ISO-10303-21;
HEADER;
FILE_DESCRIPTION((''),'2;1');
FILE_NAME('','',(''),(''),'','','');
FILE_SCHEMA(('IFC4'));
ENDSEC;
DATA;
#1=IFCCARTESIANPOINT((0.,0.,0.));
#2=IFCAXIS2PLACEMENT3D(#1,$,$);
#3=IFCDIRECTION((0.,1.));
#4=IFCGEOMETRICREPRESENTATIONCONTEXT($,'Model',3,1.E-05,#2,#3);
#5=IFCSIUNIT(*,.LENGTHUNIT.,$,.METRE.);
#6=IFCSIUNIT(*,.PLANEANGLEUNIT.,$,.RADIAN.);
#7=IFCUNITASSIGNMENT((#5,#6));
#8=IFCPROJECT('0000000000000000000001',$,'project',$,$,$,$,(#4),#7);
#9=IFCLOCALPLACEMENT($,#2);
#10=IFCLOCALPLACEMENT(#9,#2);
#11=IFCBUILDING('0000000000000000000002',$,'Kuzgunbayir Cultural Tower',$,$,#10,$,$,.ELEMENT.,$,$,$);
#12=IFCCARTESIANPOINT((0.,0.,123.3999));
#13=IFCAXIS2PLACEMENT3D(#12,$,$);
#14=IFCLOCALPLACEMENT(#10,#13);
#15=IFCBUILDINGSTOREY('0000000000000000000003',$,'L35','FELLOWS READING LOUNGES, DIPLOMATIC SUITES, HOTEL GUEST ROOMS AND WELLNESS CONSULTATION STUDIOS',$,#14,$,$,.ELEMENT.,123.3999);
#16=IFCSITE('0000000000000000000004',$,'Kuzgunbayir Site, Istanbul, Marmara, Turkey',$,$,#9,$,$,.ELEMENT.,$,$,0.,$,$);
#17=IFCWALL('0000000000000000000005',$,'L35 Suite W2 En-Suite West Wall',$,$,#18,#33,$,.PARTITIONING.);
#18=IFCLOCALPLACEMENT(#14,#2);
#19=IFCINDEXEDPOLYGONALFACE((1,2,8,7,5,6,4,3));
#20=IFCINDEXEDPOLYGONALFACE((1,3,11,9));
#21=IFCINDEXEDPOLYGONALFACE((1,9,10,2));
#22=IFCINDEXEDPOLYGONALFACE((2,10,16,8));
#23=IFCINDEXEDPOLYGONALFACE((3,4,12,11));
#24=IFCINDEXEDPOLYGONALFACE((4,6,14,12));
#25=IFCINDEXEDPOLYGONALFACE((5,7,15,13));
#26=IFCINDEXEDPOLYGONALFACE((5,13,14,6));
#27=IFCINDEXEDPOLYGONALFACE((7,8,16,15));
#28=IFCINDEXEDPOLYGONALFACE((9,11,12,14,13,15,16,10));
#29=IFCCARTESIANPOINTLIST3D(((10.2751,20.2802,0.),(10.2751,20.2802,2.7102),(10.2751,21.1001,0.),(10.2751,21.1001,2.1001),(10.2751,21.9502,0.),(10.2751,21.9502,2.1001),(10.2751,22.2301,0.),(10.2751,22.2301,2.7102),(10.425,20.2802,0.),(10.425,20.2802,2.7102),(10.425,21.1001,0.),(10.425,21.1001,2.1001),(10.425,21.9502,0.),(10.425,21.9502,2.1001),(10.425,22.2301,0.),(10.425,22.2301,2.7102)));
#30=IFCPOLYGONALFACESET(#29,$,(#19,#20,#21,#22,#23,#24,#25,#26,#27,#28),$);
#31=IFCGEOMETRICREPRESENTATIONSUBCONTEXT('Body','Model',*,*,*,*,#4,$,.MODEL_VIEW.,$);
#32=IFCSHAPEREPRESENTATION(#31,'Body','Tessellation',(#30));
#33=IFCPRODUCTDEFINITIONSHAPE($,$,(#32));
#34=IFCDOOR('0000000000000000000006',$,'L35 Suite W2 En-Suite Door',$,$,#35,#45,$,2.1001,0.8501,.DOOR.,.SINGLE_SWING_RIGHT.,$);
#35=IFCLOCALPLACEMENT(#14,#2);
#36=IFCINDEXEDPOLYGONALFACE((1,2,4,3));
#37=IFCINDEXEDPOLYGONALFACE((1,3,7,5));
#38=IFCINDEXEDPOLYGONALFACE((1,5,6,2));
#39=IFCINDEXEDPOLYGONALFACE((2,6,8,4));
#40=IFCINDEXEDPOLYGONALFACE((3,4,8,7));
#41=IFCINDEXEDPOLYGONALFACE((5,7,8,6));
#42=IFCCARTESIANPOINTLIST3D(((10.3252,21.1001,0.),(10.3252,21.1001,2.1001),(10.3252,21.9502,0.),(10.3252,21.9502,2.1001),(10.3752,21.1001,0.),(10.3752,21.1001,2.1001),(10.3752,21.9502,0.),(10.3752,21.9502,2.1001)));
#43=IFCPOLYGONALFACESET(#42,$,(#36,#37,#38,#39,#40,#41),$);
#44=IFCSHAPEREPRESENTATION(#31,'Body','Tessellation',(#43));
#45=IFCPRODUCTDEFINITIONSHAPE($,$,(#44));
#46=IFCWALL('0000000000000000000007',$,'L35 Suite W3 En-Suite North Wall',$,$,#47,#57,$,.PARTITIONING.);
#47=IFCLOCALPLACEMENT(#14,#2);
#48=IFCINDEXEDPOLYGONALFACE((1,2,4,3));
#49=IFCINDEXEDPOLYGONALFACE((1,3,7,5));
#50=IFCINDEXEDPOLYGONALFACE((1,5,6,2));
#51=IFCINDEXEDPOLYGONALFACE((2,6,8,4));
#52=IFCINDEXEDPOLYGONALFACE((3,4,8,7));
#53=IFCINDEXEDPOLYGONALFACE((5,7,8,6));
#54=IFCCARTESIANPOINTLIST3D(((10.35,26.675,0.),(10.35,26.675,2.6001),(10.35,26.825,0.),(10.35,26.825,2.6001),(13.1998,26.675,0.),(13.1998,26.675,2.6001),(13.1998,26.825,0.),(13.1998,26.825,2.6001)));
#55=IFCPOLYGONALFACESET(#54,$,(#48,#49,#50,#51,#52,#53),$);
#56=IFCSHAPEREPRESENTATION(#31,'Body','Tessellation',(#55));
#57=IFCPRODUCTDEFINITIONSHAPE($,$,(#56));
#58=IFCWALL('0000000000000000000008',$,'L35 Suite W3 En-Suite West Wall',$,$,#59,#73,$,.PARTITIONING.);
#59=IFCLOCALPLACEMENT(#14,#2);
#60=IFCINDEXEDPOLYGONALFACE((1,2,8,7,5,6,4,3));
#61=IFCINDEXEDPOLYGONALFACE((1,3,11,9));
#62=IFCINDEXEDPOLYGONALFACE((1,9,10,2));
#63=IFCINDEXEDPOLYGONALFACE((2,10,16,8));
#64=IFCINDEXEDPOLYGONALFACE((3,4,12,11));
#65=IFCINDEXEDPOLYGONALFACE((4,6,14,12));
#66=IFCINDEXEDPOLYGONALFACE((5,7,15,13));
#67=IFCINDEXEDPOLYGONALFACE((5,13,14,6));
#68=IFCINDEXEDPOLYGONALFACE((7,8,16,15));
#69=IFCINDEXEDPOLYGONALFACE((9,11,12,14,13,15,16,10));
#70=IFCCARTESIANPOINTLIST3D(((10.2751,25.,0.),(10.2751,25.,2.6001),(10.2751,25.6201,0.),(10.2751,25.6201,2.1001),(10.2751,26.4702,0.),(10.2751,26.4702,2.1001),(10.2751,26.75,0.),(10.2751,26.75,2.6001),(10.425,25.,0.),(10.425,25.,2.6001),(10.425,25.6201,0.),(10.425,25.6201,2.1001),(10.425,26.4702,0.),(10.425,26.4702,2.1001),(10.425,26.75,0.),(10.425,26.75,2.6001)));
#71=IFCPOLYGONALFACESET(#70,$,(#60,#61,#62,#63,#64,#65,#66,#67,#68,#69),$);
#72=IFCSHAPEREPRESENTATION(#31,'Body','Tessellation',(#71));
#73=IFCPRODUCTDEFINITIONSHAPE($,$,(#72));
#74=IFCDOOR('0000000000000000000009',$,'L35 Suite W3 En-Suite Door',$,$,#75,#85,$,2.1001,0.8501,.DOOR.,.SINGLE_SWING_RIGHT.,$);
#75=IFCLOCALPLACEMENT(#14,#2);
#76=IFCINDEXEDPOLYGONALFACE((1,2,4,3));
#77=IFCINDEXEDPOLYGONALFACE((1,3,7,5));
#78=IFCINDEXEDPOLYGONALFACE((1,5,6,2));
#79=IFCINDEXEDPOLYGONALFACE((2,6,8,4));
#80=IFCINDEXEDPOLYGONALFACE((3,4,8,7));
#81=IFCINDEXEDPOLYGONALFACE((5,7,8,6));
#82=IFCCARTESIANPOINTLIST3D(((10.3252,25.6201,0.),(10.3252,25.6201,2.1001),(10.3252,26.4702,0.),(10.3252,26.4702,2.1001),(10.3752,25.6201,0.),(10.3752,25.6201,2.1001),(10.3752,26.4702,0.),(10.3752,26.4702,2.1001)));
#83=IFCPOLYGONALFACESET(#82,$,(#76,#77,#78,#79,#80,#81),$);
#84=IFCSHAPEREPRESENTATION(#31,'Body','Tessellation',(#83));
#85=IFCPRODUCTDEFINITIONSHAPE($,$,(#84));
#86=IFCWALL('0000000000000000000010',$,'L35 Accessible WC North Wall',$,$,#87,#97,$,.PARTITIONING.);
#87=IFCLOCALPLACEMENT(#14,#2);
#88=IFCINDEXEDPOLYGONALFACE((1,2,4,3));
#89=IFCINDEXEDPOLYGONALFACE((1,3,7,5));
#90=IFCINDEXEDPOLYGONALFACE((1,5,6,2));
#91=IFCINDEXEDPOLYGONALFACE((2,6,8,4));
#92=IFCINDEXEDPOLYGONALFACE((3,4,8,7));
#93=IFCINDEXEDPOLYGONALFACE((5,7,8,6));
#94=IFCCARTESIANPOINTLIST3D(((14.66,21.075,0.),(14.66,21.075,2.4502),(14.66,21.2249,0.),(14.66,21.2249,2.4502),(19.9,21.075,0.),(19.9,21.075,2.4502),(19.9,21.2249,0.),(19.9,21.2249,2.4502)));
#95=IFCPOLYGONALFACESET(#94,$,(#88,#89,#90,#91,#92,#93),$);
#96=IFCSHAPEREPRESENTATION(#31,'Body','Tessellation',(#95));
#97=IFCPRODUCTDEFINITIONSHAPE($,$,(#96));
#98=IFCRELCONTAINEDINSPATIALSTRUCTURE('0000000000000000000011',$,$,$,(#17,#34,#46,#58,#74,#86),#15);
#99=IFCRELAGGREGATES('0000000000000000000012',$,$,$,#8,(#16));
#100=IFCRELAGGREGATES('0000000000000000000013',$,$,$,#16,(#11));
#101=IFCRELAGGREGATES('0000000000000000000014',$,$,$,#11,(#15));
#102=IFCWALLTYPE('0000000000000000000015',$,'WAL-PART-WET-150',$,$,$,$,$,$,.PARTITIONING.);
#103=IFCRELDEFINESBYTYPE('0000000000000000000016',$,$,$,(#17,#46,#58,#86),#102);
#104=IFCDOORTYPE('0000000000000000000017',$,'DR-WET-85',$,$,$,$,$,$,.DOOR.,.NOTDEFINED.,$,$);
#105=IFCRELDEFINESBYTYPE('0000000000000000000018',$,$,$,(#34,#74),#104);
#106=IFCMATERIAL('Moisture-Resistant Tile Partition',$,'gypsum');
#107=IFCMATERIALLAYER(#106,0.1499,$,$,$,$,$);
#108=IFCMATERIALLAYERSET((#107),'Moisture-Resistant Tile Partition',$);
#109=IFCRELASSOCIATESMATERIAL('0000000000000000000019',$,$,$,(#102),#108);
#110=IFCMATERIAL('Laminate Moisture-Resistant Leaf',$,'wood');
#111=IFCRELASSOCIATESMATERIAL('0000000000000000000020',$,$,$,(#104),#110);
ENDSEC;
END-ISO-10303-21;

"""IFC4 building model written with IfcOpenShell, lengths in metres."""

from ifc_helpers import new_model, si_unit, direction, frame, frame_2d, origin, place, context, subcontext, project, spatial, rectangle, extrude, material, layer, layer_set, type_object, element, fill, save


model = new_model("IFC4")

# Units and contexts
model_context = context("Model", 3, precision=1e-05, world=origin(), true_north=direction((0.0, 1.0)))
body_context = subcontext(model_context, "Body", "Model", "MODEL_VIEW")
ifc_project = project(units=[si_unit("LENGTHUNIT", "METRE"), si_unit("PLANEANGLEUNIT", "RADIAN")], contexts=[model_context])

# Site, building, storey
site_placement = place(None, origin())
site = spatial("IfcSite", under=ifc_project, at=site_placement, Name="Kuzgunbayir Site, Istanbul, Marmara, Turkey", CompositionType="ELEMENT", RefElevation=0.0)
building_placement = place(site_placement, origin())
building = spatial("IfcBuilding", under=site, at=building_placement, Name="Kuzgunbayir Cultural Tower", CompositionType="ELEMENT")
storey_placement = place(building_placement, frame((0.0, 0.0, 123.3999)))
storey = spatial("IfcBuildingStorey", under=building, at=storey_placement, Name="L35", Description="FELLOWS READING LOUNGES, DIPLOMATIC SUITES, HOTEL GUEST ROOMS AND WELLNESS CONSULTATION STUDIOS", CompositionType="ELEMENT", Elevation=123.3999)

# Shared definitions
ifc_material_1 = material(Name="Moisture-Resistant Tile Partition", Category="gypsum")
ifc_layer_1 = layer(ifc_material_1, 0.1499)
ifc_layer_set_1 = layer_set([ifc_layer_1], Name="Moisture-Resistant Tile Partition")
wall_type_1 = type_object("IfcWallType", Name="WAL-PART-WET-150", PredefinedType="PARTITIONING", material=ifc_layer_set_1)

# Wall, opening, door
wall_1_placement = place(storey_placement, frame((10.3501, 20.28, 0.0), z_axis=(0.0, 0.0, 1.0), x_axis=(0.0, 1.0, 0.0)))
wall_1 = element("IfcWall", 1, at=wall_1_placement, inside=storey, type_object=wall_type_1, Name="L35 Suite W2 En-Suite West Wall", PredefinedType="PARTITIONING", context=body_context, shape_type="SweptSolid", body=[
    extrude(rectangle(XDim=1.95, YDim=0.1499, at=frame_2d((0.9751, 0.0))), origin(), (0.0, 0.0, 1.0), 2.7102),
])
opening_1_placement = place(wall_1_placement, frame((0.8201, 0.0, 0.0)))
opening_1 = element("IfcOpeningElement", 2, at=opening_1_placement, cuts=wall_1, PredefinedType="OPENING", context=body_context, shape_type="SweptSolid", body=[
    extrude(rectangle(XDim=0.8501, YDim=2.1001, at=frame_2d((0.425, 1.05))), frame((0.0, 0.085, 0.0), z_axis=(0.0, -1.0, 0.0), x_axis=(1.0, 0.0, 0.0)), (0.0, 0.0, 1.0), 0.1699),
])
ifc_material_2 = material(Name="Laminate Moisture-Resistant Leaf", Category="wood")
door_type = type_object("IfcDoorType", Name="DR-WET-85", OperationType="NOTDEFINED", PredefinedType="DOOR", material=ifc_material_2)
door_1_placement = place(opening_1_placement, origin())
door_1 = element("IfcDoor", 3, at=door_1_placement, inside=storey, type_object=door_type, Name="L35 Suite W2 En-Suite Door", OperationType="SINGLE_SWING_RIGHT", OverallHeight=2.1001, OverallWidth=0.8501, PredefinedType="DOOR", context=body_context, shape_type="SweptSolid", body=[
    extrude(rectangle(XDim=0.8501, YDim=2.1001, at=frame_2d((0.425, 1.05))), frame((0.0, 0.0249, 0.0), z_axis=(0.0, -1.0, 0.0), x_axis=(1.0, 0.0, 0.0)), (0.0, 0.0, 1.0), 0.05),
])
fill(opening_1, door_1)

# Wall
wall_2_placement = place(storey_placement, frame((10.3501, 26.75, 0.0), z_axis=(0.0, 0.0, 1.0), x_axis=(1.0, 0.0, 0.0)))
element("IfcWall", 4, at=wall_2_placement, inside=storey, type_object=wall_type_1, Name="L35 Suite W3 En-Suite North Wall", PredefinedType="PARTITIONING", context=body_context, shape_type="SweptSolid", body=[
    extrude(rectangle(XDim=2.8499, YDim=0.1499, at=frame_2d((1.4248, 0.0))), origin(), (0.0, 0.0, 1.0), 2.6001),
])

# Wall, opening, door
wall_3_placement = place(storey_placement, frame((10.3501, 25.0, 0.0), z_axis=(0.0, 0.0, 1.0), x_axis=(0.0, 1.0, 0.0)))
wall_3 = element("IfcWall", 5, at=wall_3_placement, inside=storey, type_object=wall_type_1, Name="L35 Suite W3 En-Suite West Wall", PredefinedType="PARTITIONING", context=body_context, shape_type="SweptSolid", body=[
    extrude(rectangle(XDim=1.75, YDim=0.1499, at=frame_2d((0.875, 0.0))), origin(), (0.0, 0.0, 1.0), 2.6001),
])
opening_2_placement = place(wall_3_placement, frame((0.6201, 0.0, 0.0)))
opening_2 = element("IfcOpeningElement", 6, at=opening_2_placement, cuts=wall_3, PredefinedType="OPENING", context=body_context, shape_type="SweptSolid", body=[
    extrude(rectangle(XDim=0.8501, YDim=2.1001, at=frame_2d((0.425, 1.05))), frame((0.0, 0.085, 0.0), z_axis=(0.0, -1.0, 0.0), x_axis=(1.0, 0.0, 0.0)), (0.0, 0.0, 1.0), 0.1699),
])
door_2_placement = place(opening_2_placement, origin())
door_2 = element("IfcDoor", 7, at=door_2_placement, inside=storey, type_object=door_type, Name="L35 Suite W3 En-Suite Door", OperationType="SINGLE_SWING_RIGHT", OverallHeight=2.1001, OverallWidth=0.8501, PredefinedType="DOOR", context=body_context, shape_type="SweptSolid", body=[
    extrude(rectangle(XDim=0.8501, YDim=2.1001, at=frame_2d((0.425, 1.05))), frame((0.0, 0.0249, 0.0), z_axis=(0.0, -1.0, 0.0), x_axis=(1.0, 0.0, 0.0)), (0.0, 0.0, 1.0), 0.05),
])
fill(opening_2, door_2)

# Wall
wall_4_placement = place(storey_placement, frame((14.6599, 21.1499, 0.0), z_axis=(0.0, 0.0, 1.0), x_axis=(1.0, 0.0, 0.0)))
element("IfcWall", 8, at=wall_4_placement, inside=storey, type_object=wall_type_1, Name="L35 Accessible WC North Wall", PredefinedType="PARTITIONING", context=body_context, shape_type="SweptSolid", body=[
    extrude(rectangle(XDim=5.24, YDim=0.1499, at=frame_2d((2.6201, 0.0))), origin(), (0.0, 0.0, 1.0), 2.4502),
])

save(model, "model.ifc")
